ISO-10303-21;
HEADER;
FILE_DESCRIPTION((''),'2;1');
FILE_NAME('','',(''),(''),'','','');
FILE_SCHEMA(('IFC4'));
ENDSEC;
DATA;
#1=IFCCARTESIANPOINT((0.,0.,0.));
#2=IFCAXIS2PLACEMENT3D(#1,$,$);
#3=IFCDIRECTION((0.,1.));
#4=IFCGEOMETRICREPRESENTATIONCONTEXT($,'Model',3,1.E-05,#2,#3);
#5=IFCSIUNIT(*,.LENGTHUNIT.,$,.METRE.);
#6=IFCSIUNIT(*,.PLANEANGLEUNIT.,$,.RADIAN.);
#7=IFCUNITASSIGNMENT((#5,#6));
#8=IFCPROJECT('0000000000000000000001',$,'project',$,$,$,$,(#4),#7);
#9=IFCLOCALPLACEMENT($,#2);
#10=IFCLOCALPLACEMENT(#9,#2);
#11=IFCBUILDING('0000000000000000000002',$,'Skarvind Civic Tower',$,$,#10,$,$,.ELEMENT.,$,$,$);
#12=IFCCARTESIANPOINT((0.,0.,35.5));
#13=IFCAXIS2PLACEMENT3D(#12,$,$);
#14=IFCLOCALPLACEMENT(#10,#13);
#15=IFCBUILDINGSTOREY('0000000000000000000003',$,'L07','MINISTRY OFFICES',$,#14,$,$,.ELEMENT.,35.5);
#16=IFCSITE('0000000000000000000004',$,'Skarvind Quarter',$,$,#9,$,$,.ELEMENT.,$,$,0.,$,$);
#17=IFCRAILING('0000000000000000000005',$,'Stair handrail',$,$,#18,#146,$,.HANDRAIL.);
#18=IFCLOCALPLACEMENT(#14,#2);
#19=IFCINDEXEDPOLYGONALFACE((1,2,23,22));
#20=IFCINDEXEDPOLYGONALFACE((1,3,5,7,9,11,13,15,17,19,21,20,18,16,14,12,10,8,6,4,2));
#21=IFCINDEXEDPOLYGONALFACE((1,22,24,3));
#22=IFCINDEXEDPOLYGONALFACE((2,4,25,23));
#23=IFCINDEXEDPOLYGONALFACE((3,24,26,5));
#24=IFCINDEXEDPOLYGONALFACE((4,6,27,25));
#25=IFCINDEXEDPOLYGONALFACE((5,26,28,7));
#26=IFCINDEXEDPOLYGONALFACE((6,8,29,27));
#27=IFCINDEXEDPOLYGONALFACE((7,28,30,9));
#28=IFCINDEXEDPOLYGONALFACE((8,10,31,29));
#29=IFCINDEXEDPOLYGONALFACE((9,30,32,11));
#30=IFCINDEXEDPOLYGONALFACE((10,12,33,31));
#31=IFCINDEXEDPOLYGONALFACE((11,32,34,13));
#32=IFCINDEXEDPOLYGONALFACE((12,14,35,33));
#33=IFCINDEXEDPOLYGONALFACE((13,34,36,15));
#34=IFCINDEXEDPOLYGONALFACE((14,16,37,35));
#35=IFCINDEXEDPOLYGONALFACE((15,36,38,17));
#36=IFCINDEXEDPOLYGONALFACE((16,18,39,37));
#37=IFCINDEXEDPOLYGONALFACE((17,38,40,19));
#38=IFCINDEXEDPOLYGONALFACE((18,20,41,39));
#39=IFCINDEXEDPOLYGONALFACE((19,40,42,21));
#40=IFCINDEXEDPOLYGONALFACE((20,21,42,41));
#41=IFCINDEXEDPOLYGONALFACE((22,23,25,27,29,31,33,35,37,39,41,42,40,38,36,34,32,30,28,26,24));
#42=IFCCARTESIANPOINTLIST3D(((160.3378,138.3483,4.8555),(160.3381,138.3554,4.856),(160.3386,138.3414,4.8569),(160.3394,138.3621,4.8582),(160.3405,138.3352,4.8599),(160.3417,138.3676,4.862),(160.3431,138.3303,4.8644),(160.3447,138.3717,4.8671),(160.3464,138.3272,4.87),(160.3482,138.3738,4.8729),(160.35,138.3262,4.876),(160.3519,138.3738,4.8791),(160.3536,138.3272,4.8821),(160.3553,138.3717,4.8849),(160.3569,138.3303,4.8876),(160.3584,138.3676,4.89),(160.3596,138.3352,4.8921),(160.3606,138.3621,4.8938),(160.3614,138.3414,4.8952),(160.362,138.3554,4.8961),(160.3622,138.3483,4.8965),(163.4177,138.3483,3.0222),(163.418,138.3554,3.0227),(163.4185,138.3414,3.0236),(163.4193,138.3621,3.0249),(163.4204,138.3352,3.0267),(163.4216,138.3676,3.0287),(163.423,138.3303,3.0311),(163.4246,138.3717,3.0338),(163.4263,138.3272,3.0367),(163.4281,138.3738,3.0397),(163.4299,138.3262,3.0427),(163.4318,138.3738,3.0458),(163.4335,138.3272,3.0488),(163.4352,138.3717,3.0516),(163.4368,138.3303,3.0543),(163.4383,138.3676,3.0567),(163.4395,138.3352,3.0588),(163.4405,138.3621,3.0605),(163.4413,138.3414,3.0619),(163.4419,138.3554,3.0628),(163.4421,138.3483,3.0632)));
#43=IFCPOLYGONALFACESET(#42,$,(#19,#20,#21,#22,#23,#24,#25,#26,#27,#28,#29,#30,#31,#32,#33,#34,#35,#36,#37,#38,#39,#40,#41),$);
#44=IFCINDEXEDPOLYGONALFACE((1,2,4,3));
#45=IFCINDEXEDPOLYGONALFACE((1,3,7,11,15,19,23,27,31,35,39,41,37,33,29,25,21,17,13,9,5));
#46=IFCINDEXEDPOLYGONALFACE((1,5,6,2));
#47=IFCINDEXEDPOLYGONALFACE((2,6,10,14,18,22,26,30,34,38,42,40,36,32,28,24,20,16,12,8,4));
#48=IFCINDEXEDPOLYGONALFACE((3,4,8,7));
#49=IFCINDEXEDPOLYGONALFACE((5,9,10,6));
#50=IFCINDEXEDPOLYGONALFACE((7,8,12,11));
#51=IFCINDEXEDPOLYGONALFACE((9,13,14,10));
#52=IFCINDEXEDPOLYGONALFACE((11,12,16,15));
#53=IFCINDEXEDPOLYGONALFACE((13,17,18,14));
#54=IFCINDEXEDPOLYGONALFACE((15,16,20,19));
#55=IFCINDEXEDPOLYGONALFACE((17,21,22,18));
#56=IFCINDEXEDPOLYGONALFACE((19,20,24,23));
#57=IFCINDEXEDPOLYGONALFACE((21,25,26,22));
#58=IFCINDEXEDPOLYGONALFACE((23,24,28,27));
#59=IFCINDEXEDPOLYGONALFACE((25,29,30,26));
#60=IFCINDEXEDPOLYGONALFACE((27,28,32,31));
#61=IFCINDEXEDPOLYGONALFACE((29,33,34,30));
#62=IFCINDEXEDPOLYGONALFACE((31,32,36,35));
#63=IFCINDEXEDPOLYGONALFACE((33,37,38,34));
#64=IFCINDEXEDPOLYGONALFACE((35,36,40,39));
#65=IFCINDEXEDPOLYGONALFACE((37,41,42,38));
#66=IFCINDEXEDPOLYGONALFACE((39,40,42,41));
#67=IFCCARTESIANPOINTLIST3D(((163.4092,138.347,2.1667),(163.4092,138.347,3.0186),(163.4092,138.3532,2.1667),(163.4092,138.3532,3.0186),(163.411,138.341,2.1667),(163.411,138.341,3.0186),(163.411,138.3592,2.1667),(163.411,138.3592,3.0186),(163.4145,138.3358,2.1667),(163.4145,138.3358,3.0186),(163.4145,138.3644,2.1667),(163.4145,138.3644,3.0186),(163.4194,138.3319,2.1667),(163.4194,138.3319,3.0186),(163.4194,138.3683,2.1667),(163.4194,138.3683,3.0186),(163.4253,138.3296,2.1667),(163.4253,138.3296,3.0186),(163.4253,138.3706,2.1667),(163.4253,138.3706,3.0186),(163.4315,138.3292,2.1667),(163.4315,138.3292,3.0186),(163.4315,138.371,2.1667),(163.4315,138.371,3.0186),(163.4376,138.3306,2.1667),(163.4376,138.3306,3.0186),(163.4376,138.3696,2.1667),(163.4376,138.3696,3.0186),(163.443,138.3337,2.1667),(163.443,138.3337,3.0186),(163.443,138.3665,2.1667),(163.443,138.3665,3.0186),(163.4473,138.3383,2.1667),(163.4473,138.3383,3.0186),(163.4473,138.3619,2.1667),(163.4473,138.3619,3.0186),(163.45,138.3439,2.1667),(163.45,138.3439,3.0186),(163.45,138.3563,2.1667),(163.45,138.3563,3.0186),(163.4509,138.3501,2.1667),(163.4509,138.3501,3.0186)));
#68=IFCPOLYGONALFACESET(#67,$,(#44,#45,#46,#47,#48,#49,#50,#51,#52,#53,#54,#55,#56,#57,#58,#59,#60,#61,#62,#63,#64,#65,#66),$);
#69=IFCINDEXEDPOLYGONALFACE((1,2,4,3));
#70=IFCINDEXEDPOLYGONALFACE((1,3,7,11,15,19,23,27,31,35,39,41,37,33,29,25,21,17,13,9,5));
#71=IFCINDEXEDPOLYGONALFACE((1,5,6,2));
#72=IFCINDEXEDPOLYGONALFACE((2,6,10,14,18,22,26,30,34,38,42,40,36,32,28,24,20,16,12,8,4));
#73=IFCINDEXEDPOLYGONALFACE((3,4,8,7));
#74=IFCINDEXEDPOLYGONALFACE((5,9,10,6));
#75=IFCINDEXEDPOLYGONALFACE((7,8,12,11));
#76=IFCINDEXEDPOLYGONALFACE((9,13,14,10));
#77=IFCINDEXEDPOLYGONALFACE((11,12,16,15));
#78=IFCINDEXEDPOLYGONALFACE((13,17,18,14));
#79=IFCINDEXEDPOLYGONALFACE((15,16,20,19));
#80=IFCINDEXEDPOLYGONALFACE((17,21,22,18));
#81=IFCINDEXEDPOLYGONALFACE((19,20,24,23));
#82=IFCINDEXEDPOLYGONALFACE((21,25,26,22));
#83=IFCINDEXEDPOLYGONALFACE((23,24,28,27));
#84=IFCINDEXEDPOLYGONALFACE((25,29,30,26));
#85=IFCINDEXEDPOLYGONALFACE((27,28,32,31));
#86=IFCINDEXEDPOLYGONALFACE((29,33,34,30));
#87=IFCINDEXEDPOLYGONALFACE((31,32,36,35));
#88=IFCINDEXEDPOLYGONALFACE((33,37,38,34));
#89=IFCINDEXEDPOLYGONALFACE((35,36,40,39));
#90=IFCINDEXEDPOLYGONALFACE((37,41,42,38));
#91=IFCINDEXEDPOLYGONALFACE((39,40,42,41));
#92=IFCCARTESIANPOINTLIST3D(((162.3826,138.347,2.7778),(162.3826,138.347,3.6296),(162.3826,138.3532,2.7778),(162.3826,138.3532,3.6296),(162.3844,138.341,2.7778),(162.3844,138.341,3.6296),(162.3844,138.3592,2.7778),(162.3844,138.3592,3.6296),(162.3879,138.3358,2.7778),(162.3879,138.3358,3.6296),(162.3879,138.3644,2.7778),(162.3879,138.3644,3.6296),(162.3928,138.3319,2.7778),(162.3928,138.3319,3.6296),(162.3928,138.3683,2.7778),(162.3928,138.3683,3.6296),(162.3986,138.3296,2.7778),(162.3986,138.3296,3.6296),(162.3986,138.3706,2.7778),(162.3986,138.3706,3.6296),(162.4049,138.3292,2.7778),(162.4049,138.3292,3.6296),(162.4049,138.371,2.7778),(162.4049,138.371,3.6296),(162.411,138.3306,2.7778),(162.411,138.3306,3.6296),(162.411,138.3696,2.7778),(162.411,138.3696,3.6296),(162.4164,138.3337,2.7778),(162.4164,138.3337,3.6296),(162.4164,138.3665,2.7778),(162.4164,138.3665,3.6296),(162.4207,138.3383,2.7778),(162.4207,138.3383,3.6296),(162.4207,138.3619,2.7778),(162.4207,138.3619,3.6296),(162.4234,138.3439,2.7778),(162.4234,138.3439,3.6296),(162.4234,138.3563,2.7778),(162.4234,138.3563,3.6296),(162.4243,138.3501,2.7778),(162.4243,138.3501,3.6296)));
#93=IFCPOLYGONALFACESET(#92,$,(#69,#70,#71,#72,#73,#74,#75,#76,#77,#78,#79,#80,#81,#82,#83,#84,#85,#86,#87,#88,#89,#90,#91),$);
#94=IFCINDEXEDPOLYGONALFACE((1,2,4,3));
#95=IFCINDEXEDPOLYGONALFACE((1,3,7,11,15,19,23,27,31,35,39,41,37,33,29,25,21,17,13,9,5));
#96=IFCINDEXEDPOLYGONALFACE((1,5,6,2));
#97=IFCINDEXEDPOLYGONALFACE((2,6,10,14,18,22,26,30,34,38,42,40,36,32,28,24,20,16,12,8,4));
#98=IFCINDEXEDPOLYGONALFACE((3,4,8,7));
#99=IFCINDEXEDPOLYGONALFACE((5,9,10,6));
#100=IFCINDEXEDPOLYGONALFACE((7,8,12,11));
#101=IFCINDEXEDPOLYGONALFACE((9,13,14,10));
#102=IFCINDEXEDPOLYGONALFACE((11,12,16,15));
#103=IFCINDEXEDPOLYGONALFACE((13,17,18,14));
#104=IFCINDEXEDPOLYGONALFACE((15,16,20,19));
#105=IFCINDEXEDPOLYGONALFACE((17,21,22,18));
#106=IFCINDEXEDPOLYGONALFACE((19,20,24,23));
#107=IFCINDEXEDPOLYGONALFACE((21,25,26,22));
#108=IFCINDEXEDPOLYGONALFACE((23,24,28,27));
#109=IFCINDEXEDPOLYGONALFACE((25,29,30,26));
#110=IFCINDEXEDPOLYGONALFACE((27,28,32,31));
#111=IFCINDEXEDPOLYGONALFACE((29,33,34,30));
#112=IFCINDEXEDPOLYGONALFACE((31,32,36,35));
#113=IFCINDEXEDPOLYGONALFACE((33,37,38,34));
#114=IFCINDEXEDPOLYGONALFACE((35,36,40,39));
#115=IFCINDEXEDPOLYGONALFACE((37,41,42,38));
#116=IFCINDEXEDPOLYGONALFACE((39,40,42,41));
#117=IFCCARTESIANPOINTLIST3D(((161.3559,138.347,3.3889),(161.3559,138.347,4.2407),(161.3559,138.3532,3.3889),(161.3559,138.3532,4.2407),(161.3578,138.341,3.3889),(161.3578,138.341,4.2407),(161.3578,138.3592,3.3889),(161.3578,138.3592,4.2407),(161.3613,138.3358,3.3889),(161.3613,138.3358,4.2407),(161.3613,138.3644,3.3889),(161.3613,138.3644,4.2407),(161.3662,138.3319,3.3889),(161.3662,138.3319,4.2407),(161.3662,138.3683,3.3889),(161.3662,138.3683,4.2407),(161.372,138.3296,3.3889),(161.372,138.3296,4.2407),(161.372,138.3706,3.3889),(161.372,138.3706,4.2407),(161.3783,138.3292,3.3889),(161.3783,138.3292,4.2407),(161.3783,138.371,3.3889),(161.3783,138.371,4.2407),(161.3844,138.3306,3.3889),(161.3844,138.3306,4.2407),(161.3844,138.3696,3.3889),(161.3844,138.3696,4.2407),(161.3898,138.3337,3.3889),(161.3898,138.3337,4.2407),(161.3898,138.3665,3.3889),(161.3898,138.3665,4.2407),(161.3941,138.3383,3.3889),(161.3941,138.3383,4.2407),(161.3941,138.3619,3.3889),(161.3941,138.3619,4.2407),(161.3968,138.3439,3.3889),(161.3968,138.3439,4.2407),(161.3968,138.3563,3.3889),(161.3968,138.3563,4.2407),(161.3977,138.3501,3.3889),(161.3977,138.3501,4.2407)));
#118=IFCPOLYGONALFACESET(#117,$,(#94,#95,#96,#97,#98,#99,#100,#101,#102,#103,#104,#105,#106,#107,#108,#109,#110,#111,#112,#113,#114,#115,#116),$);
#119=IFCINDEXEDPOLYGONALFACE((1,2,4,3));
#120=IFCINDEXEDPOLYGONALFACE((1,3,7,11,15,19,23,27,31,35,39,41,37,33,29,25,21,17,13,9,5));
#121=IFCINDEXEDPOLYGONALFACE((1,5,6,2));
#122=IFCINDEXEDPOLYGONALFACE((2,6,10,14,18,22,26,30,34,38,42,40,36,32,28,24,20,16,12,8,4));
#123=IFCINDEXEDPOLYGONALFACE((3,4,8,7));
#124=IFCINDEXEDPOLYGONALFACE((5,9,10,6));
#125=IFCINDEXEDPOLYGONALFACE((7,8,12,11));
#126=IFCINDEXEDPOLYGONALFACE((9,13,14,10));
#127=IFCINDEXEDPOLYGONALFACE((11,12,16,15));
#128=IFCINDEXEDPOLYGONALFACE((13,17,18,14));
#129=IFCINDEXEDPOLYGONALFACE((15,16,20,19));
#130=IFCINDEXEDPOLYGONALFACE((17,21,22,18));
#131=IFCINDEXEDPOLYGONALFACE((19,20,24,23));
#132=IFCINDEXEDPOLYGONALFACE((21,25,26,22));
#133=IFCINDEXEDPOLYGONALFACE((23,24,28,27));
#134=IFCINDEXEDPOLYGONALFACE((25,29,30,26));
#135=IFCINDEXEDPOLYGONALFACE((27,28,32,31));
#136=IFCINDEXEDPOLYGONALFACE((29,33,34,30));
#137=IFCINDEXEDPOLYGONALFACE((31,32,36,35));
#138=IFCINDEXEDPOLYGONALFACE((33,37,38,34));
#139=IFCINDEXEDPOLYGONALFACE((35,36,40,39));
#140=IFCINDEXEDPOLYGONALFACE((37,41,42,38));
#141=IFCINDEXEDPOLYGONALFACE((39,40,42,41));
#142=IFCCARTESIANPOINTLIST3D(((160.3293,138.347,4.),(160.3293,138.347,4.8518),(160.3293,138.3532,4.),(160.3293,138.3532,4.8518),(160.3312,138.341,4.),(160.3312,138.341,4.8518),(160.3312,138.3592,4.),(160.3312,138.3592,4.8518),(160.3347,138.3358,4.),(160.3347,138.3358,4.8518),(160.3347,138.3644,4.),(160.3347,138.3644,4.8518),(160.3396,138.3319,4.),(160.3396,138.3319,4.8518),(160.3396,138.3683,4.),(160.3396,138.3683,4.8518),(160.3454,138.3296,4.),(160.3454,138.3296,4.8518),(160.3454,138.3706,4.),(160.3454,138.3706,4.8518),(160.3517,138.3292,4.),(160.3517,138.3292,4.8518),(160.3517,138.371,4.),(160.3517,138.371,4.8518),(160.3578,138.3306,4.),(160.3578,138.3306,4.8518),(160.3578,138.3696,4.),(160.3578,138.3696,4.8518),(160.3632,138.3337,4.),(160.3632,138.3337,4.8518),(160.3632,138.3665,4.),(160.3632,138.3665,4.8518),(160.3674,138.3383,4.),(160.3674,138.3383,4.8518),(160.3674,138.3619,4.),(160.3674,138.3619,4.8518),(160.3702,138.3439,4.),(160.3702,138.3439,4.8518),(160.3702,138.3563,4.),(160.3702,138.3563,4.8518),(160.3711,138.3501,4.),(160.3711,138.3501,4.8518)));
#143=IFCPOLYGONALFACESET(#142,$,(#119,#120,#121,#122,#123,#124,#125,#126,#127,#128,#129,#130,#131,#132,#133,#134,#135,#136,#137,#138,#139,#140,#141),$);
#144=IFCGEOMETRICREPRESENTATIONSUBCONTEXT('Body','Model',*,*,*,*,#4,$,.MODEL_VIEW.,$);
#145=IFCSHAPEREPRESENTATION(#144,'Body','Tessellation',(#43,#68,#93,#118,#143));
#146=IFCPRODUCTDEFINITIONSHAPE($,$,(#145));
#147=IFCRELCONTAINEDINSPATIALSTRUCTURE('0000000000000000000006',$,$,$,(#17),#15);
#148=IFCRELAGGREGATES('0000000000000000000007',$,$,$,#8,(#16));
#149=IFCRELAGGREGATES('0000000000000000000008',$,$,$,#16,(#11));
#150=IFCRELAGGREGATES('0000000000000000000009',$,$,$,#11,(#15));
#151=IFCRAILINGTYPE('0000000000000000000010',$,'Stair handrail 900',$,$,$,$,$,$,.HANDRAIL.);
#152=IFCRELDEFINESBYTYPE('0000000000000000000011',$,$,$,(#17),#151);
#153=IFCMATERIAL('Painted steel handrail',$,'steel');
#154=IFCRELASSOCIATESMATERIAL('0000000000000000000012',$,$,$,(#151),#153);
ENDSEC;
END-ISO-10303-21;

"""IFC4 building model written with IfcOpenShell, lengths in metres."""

from ifc_helpers import new_model, si_unit, direction, frame, origin, origin_2d, place, context, subcontext, project, spatial, circle, extrude, material, type_object, element, save


model = new_model("IFC4")

# Units and contexts
model_context = context("Model", 3, precision=1e-05, world=origin(), true_north=direction((0.0, 1.0)))
body_context = subcontext(model_context, "Body", "Model", "MODEL_VIEW")
ifc_project = project(units=[si_unit("LENGTHUNIT", "METRE"), si_unit("PLANEANGLEUNIT", "RADIAN")], contexts=[model_context])

# Site, building, storey
site_placement = place(None, origin())
site = spatial("IfcSite", under=ifc_project, at=site_placement, Name="Skarvind Quarter", CompositionType="ELEMENT", RefElevation=0.0)
building_placement = place(site_placement, origin())
building = spatial("IfcBuilding", under=site, at=building_placement, Name="Skarvind Civic Tower", CompositionType="ELEMENT")
storey_placement = place(building_placement, frame((0.0, 0.0, 35.5)))
storey = spatial("IfcBuildingStorey", under=building, at=storey_placement, Name="L07", Description="MINISTRY OFFICES", CompositionType="ELEMENT", Elevation=35.5)

# Railing
ifc_material_1 = material(Name="Painted steel handrail", Category="steel")
railing_type = type_object("IfcRailingType", Name="Stair handrail 900", PredefinedType="HANDRAIL", material=ifc_material_1)
railing_1_placement = place(storey_placement, frame((163.4299, 138.3501, 2.1667)))
element("IfcRailing", 1, at=railing_1_placement, inside=storey, type_object=railing_type, Name="Stair handrail", PredefinedType="HANDRAIL", context=body_context, shape_type="SweptSolid", body=[
    extrude(circle(Radius=0.0239, at=origin_2d()), frame((0.0, 0.0, 0.876), z_axis=(-0.859291, 0.0, 0.511487), x_axis=(0.0, -1.0, 0.0)), (0.0, 0.0, 1.0), 3.5842),
    extrude(circle(Radius=0.021, at=origin_2d()), origin(), (0.0, 0.0, 1.0), 0.8518),
    extrude(circle(Radius=0.021, at=origin_2d()), frame((-1.0266, 0.0, 0.6111)), (0.0, 0.0, 1.0), 0.8518),
    extrude(circle(Radius=0.021, at=origin_2d()), frame((-2.0532, 0.0, 1.2222)), (0.0, 0.0, 1.0), 0.8518),
    extrude(circle(Radius=0.021, at=origin_2d()), frame((-3.0798, 0.0, 1.8333)), (0.0, 0.0, 1.0), 0.8518),
])

save(model, "model.ifc")
